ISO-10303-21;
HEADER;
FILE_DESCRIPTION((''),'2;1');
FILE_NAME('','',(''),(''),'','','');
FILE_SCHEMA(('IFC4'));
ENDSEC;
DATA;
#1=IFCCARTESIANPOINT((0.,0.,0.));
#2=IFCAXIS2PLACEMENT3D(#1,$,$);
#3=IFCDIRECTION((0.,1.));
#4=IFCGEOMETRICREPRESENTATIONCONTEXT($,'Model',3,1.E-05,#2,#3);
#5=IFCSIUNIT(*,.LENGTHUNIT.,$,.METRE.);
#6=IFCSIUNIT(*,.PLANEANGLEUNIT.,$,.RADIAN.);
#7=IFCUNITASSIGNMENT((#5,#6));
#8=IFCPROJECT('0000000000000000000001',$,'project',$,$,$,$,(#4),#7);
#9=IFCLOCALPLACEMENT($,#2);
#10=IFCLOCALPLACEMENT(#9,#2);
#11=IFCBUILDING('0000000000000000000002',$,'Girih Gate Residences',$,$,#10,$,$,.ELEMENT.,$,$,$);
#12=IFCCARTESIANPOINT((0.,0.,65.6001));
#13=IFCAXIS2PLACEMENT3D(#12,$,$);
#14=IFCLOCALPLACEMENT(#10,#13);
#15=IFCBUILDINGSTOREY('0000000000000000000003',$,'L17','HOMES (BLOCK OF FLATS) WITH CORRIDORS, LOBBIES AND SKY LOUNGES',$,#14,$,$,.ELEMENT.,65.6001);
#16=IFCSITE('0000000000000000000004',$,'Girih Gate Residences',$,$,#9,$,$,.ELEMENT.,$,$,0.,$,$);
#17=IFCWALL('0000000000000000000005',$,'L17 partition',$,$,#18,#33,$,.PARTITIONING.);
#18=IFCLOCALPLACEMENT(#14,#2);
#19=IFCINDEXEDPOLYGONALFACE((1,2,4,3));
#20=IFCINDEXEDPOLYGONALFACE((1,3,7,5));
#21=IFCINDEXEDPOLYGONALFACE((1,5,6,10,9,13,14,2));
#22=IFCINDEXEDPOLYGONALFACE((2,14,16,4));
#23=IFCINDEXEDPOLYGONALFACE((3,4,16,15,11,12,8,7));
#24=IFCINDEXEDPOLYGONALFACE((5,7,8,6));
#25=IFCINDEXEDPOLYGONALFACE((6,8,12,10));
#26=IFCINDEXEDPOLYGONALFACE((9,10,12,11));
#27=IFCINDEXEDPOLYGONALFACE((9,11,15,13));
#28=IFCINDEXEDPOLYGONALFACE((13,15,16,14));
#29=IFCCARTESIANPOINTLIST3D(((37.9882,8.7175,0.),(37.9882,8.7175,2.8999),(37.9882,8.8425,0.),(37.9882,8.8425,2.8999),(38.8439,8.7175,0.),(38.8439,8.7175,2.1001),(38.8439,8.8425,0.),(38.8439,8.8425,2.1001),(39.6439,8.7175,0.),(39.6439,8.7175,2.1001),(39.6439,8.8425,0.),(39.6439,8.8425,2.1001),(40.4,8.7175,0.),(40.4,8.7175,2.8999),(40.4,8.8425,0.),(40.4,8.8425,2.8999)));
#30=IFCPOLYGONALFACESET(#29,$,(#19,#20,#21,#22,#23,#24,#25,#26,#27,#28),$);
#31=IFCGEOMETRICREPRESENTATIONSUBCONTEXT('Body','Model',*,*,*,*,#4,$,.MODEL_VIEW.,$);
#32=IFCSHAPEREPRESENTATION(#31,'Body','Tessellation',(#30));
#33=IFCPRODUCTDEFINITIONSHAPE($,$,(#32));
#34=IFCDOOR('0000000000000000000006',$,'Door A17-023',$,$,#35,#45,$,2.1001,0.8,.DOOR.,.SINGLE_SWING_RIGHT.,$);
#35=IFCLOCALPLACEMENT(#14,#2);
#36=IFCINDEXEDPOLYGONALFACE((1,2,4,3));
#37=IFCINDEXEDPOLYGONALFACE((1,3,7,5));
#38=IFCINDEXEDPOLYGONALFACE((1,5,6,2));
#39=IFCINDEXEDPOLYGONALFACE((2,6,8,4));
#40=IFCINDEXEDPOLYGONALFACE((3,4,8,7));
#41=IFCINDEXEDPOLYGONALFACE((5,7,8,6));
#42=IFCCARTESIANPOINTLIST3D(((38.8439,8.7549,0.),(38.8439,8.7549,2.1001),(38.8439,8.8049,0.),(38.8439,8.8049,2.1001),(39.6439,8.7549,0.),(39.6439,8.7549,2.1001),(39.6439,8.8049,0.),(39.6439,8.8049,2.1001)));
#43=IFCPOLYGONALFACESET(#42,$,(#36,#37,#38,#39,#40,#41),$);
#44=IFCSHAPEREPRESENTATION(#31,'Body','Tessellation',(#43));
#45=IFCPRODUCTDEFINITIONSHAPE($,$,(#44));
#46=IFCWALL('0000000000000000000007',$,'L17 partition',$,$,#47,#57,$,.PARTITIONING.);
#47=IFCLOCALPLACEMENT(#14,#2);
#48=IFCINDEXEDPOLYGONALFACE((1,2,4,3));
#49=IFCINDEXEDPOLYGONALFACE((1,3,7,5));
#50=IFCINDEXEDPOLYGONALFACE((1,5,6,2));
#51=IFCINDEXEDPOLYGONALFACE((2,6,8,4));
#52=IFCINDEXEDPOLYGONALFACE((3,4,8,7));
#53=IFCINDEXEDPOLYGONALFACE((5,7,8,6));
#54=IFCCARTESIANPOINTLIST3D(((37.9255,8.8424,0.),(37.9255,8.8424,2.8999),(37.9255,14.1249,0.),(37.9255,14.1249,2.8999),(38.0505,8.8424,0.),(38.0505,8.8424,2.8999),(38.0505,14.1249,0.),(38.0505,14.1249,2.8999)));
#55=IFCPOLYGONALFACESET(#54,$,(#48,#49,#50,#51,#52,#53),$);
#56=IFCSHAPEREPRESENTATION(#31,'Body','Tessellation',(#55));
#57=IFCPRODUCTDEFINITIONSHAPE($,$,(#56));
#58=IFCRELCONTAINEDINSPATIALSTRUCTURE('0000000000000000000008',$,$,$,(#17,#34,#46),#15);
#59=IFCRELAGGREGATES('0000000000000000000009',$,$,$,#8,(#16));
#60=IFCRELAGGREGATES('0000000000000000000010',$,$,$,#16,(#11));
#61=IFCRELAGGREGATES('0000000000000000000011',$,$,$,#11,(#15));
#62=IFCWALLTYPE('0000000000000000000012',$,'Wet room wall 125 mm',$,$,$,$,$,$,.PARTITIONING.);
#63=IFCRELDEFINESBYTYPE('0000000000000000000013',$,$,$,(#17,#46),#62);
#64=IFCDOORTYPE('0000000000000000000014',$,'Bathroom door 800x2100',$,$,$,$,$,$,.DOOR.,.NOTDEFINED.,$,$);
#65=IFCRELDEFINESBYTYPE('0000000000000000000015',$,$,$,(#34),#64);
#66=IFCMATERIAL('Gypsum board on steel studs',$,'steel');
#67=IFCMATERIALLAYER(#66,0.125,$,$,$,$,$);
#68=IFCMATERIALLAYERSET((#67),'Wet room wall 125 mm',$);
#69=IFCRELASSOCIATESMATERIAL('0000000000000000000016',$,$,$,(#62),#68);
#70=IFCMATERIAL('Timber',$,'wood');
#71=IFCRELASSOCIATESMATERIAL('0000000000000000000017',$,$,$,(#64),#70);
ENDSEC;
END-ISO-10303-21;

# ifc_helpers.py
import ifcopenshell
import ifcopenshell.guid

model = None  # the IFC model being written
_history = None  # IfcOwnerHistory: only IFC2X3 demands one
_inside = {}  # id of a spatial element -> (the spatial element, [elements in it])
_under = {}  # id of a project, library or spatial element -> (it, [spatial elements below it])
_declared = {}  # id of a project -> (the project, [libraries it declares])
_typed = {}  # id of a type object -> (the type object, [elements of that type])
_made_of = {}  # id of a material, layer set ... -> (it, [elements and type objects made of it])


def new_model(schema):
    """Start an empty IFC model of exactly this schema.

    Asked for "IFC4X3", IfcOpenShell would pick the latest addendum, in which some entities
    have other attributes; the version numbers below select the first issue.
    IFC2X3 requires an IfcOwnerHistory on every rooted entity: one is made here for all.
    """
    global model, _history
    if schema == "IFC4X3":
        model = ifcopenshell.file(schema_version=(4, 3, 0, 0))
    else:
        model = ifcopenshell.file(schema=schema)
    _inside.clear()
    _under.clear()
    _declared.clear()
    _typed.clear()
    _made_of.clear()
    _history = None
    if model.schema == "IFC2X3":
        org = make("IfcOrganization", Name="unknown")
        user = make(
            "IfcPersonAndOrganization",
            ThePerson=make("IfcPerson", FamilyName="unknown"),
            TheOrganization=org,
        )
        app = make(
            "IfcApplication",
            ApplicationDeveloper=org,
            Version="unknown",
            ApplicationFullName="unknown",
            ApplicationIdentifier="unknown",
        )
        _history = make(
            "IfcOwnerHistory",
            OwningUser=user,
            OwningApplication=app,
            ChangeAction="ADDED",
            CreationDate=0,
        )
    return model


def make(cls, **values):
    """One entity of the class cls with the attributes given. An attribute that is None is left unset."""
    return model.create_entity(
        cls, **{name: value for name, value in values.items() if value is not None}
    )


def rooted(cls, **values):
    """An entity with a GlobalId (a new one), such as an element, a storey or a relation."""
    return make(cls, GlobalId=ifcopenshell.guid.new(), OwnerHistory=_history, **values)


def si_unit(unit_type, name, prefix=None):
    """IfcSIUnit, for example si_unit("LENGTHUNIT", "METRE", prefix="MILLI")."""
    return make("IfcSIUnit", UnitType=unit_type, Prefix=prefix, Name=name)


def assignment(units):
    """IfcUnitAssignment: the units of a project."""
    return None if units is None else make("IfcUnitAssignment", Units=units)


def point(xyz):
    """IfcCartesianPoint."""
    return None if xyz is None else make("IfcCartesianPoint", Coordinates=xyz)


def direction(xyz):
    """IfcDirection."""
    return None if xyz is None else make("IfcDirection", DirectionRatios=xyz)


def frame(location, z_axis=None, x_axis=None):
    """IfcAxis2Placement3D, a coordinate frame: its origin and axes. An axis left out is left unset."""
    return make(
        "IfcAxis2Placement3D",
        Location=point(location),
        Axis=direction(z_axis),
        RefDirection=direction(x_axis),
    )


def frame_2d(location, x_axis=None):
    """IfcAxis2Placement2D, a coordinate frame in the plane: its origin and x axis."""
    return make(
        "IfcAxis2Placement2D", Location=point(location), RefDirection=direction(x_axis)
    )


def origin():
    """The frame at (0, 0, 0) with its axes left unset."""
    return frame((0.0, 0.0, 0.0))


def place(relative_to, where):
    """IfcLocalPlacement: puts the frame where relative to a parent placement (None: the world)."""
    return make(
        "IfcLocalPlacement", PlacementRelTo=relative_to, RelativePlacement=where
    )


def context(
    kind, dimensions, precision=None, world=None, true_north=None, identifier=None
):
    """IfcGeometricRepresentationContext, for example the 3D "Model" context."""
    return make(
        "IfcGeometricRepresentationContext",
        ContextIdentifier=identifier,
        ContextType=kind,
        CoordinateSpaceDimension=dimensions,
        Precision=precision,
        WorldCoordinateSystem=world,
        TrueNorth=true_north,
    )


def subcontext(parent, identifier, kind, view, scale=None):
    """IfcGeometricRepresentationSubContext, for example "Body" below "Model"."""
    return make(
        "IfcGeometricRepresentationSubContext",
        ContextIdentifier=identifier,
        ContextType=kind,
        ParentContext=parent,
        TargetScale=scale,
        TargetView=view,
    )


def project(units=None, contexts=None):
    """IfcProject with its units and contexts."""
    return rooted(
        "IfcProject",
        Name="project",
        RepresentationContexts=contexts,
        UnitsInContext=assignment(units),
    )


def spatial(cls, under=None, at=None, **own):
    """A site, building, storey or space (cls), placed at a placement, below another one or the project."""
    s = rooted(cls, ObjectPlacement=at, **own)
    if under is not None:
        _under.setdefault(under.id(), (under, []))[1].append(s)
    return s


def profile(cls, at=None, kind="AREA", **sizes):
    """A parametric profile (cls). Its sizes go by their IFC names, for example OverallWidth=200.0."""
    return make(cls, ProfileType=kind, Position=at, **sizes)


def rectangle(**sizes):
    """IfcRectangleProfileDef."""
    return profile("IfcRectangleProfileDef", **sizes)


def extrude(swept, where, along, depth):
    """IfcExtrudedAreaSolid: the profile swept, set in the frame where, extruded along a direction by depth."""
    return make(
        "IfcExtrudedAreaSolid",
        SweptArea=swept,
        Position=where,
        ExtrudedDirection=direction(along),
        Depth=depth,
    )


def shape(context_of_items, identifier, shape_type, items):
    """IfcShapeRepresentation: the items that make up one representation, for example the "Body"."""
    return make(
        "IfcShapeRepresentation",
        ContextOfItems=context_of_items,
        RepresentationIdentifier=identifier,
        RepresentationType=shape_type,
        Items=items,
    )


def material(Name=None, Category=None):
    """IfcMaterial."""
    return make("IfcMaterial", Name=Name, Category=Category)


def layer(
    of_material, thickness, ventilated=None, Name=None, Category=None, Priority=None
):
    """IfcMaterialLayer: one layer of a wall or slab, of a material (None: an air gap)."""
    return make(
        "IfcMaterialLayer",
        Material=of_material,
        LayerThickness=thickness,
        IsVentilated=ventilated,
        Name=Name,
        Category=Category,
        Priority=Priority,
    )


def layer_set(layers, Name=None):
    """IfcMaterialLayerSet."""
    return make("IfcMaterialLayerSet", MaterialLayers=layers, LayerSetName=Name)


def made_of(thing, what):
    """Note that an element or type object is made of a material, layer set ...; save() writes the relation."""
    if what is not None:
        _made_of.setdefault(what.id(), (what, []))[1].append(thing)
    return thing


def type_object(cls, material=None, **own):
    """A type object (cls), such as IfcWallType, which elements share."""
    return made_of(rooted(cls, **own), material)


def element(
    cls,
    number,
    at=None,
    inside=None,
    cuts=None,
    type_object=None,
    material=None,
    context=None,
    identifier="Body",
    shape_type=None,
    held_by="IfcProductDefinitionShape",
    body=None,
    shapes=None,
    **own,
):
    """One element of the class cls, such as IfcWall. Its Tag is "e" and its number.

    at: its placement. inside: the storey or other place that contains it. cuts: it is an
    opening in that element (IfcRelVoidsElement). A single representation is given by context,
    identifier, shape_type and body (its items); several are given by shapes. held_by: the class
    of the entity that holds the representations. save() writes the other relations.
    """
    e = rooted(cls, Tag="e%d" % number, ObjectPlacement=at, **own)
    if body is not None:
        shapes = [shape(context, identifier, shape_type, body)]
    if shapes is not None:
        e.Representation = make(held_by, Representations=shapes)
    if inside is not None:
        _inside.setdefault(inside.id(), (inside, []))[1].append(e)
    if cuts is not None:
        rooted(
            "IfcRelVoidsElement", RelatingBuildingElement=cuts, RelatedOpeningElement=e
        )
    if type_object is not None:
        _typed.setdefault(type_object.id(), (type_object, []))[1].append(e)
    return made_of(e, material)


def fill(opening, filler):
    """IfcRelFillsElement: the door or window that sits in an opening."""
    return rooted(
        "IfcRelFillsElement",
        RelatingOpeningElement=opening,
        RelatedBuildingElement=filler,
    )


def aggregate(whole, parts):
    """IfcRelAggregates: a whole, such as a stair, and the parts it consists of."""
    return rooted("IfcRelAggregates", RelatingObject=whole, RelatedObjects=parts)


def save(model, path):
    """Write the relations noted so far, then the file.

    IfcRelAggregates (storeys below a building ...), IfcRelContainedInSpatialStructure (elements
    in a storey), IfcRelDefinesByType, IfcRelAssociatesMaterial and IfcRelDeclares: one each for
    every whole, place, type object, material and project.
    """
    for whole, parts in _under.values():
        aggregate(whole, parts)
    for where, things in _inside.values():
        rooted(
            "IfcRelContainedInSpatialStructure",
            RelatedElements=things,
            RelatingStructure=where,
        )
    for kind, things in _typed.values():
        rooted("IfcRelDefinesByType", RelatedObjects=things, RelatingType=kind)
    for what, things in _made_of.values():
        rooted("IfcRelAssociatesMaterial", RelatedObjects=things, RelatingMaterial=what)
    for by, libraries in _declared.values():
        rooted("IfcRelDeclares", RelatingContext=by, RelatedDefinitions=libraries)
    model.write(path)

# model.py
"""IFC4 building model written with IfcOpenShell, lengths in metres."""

from ifc_helpers import new_model, si_unit, direction, frame, frame_2d, origin, place, context, subcontext, project, spatial, rectangle, extrude, material, layer, layer_set, type_object, element, fill, save


model = new_model("IFC4")

# Units and contexts
model_context = context("Model", 3, precision=1e-05, world=origin(), true_north=direction((0.0, 1.0)))
body_context = subcontext(model_context, "Body", "Model", "MODEL_VIEW")
ifc_project = project(units=[si_unit("LENGTHUNIT", "METRE"), si_unit("PLANEANGLEUNIT", "RADIAN")], contexts=[model_context])

# Site, building, storey
site_placement = place(None, origin())
site = spatial("IfcSite", under=ifc_project, at=site_placement, Name="Girih Gate Residences", CompositionType="ELEMENT", RefElevation=0.0)
building_placement = place(site_placement, origin())
building = spatial("IfcBuilding", under=site, at=building_placement, Name="Girih Gate Residences", CompositionType="ELEMENT")
storey_placement = place(building_placement, frame((0.0, 0.0, 65.6001)))
storey = spatial("IfcBuildingStorey", under=building, at=storey_placement, Name="L17", Description="HOMES (BLOCK OF FLATS) WITH CORRIDORS, LOBBIES AND SKY LOUNGES", CompositionType="ELEMENT", Elevation=65.6001)

# Shared definitions
ifc_material_1 = material(Name="Gypsum board on steel studs", Category="steel")

# Shared definitions
ifc_material_2 = material(Name="Timber", Category="wood")

# Wall, opening, door
ifc_layer_1 = layer(ifc_material_1, 0.125)
ifc_layer_set_1 = layer_set([ifc_layer_1], Name="Wet room wall 125 mm")
wall_type_1 = type_object("IfcWallType", Name="Wet room wall 125 mm", PredefinedType="PARTITIONING", material=ifc_layer_set_1)
wall_1_placement = place(storey_placement, frame((37.988, 8.78, 0.0), z_axis=(0.0, 0.0, 1.0), x_axis=(1.0, 0.0, 0.0)))
wall_1 = element("IfcWall", 1, at=wall_1_placement, inside=storey, type_object=wall_type_1, Name="L17 partition", PredefinedType="PARTITIONING", context=body_context, shape_type="SweptSolid", body=[
    extrude(rectangle(XDim=2.4119, YDim=0.125, at=frame_2d((1.2061, 0.0))), origin(), (0.0, 0.0, 1.0), 2.8999),
])
opening_1_placement = place(wall_1_placement, frame((0.856, 0.0, 0.0)))
opening_1 = element("IfcOpeningElement", 2, at=opening_1_placement, cuts=wall_1, PredefinedType="OPENING", context=body_context, shape_type="SweptSolid", body=[
    extrude(rectangle(XDim=0.8, YDim=2.1001, at=frame_2d((0.3999, 1.05))), frame((0.0, 0.0725, 0.0), z_axis=(0.0, -1.0, 0.0), x_axis=(1.0, 0.0, 0.0)), (0.0, 0.0, 1.0), 0.145),
])
door_type_1 = type_object("IfcDoorType", Name="Bathroom door 800x2100", OperationType="NOTDEFINED", PredefinedType="DOOR", material=ifc_material_2)
door_1_placement = place(opening_1_placement, origin())
door_1 = element("IfcDoor", 3, at=door_1_placement, inside=storey, type_object=door_type_1, Name="Door A17-023", OperationType="SINGLE_SWING_RIGHT", OverallHeight=2.1001, OverallWidth=0.8, PredefinedType="DOOR", context=body_context, shape_type="SweptSolid", body=[
    extrude(rectangle(XDim=0.8, YDim=2.1001, at=frame_2d((0.3999, 1.05))), frame((0.0, 0.0249, 0.0), z_axis=(0.0, -1.0, 0.0), x_axis=(1.0, 0.0, 0.0)), (0.0, 0.0, 1.0), 0.05),
])
fill(opening_1, door_1)

# Wall
wall_2_placement = place(storey_placement, frame((37.988, 8.8425, 0.0), z_axis=(0.0, 0.0, 1.0), x_axis=(0.0, 1.0, 0.0)))
element("IfcWall", 4, at=wall_2_placement, inside=storey, type_object=wall_type_1, Name="L17 partition", PredefinedType="PARTITIONING", context=body_context, shape_type="SweptSolid", body=[
    extrude(rectangle(XDim=5.2825, YDim=0.125, at=frame_2d((2.6411, 0.0))), origin(), (0.0, 0.0, 1.0), 2.8999),
])

save(model, "model.ifc")
